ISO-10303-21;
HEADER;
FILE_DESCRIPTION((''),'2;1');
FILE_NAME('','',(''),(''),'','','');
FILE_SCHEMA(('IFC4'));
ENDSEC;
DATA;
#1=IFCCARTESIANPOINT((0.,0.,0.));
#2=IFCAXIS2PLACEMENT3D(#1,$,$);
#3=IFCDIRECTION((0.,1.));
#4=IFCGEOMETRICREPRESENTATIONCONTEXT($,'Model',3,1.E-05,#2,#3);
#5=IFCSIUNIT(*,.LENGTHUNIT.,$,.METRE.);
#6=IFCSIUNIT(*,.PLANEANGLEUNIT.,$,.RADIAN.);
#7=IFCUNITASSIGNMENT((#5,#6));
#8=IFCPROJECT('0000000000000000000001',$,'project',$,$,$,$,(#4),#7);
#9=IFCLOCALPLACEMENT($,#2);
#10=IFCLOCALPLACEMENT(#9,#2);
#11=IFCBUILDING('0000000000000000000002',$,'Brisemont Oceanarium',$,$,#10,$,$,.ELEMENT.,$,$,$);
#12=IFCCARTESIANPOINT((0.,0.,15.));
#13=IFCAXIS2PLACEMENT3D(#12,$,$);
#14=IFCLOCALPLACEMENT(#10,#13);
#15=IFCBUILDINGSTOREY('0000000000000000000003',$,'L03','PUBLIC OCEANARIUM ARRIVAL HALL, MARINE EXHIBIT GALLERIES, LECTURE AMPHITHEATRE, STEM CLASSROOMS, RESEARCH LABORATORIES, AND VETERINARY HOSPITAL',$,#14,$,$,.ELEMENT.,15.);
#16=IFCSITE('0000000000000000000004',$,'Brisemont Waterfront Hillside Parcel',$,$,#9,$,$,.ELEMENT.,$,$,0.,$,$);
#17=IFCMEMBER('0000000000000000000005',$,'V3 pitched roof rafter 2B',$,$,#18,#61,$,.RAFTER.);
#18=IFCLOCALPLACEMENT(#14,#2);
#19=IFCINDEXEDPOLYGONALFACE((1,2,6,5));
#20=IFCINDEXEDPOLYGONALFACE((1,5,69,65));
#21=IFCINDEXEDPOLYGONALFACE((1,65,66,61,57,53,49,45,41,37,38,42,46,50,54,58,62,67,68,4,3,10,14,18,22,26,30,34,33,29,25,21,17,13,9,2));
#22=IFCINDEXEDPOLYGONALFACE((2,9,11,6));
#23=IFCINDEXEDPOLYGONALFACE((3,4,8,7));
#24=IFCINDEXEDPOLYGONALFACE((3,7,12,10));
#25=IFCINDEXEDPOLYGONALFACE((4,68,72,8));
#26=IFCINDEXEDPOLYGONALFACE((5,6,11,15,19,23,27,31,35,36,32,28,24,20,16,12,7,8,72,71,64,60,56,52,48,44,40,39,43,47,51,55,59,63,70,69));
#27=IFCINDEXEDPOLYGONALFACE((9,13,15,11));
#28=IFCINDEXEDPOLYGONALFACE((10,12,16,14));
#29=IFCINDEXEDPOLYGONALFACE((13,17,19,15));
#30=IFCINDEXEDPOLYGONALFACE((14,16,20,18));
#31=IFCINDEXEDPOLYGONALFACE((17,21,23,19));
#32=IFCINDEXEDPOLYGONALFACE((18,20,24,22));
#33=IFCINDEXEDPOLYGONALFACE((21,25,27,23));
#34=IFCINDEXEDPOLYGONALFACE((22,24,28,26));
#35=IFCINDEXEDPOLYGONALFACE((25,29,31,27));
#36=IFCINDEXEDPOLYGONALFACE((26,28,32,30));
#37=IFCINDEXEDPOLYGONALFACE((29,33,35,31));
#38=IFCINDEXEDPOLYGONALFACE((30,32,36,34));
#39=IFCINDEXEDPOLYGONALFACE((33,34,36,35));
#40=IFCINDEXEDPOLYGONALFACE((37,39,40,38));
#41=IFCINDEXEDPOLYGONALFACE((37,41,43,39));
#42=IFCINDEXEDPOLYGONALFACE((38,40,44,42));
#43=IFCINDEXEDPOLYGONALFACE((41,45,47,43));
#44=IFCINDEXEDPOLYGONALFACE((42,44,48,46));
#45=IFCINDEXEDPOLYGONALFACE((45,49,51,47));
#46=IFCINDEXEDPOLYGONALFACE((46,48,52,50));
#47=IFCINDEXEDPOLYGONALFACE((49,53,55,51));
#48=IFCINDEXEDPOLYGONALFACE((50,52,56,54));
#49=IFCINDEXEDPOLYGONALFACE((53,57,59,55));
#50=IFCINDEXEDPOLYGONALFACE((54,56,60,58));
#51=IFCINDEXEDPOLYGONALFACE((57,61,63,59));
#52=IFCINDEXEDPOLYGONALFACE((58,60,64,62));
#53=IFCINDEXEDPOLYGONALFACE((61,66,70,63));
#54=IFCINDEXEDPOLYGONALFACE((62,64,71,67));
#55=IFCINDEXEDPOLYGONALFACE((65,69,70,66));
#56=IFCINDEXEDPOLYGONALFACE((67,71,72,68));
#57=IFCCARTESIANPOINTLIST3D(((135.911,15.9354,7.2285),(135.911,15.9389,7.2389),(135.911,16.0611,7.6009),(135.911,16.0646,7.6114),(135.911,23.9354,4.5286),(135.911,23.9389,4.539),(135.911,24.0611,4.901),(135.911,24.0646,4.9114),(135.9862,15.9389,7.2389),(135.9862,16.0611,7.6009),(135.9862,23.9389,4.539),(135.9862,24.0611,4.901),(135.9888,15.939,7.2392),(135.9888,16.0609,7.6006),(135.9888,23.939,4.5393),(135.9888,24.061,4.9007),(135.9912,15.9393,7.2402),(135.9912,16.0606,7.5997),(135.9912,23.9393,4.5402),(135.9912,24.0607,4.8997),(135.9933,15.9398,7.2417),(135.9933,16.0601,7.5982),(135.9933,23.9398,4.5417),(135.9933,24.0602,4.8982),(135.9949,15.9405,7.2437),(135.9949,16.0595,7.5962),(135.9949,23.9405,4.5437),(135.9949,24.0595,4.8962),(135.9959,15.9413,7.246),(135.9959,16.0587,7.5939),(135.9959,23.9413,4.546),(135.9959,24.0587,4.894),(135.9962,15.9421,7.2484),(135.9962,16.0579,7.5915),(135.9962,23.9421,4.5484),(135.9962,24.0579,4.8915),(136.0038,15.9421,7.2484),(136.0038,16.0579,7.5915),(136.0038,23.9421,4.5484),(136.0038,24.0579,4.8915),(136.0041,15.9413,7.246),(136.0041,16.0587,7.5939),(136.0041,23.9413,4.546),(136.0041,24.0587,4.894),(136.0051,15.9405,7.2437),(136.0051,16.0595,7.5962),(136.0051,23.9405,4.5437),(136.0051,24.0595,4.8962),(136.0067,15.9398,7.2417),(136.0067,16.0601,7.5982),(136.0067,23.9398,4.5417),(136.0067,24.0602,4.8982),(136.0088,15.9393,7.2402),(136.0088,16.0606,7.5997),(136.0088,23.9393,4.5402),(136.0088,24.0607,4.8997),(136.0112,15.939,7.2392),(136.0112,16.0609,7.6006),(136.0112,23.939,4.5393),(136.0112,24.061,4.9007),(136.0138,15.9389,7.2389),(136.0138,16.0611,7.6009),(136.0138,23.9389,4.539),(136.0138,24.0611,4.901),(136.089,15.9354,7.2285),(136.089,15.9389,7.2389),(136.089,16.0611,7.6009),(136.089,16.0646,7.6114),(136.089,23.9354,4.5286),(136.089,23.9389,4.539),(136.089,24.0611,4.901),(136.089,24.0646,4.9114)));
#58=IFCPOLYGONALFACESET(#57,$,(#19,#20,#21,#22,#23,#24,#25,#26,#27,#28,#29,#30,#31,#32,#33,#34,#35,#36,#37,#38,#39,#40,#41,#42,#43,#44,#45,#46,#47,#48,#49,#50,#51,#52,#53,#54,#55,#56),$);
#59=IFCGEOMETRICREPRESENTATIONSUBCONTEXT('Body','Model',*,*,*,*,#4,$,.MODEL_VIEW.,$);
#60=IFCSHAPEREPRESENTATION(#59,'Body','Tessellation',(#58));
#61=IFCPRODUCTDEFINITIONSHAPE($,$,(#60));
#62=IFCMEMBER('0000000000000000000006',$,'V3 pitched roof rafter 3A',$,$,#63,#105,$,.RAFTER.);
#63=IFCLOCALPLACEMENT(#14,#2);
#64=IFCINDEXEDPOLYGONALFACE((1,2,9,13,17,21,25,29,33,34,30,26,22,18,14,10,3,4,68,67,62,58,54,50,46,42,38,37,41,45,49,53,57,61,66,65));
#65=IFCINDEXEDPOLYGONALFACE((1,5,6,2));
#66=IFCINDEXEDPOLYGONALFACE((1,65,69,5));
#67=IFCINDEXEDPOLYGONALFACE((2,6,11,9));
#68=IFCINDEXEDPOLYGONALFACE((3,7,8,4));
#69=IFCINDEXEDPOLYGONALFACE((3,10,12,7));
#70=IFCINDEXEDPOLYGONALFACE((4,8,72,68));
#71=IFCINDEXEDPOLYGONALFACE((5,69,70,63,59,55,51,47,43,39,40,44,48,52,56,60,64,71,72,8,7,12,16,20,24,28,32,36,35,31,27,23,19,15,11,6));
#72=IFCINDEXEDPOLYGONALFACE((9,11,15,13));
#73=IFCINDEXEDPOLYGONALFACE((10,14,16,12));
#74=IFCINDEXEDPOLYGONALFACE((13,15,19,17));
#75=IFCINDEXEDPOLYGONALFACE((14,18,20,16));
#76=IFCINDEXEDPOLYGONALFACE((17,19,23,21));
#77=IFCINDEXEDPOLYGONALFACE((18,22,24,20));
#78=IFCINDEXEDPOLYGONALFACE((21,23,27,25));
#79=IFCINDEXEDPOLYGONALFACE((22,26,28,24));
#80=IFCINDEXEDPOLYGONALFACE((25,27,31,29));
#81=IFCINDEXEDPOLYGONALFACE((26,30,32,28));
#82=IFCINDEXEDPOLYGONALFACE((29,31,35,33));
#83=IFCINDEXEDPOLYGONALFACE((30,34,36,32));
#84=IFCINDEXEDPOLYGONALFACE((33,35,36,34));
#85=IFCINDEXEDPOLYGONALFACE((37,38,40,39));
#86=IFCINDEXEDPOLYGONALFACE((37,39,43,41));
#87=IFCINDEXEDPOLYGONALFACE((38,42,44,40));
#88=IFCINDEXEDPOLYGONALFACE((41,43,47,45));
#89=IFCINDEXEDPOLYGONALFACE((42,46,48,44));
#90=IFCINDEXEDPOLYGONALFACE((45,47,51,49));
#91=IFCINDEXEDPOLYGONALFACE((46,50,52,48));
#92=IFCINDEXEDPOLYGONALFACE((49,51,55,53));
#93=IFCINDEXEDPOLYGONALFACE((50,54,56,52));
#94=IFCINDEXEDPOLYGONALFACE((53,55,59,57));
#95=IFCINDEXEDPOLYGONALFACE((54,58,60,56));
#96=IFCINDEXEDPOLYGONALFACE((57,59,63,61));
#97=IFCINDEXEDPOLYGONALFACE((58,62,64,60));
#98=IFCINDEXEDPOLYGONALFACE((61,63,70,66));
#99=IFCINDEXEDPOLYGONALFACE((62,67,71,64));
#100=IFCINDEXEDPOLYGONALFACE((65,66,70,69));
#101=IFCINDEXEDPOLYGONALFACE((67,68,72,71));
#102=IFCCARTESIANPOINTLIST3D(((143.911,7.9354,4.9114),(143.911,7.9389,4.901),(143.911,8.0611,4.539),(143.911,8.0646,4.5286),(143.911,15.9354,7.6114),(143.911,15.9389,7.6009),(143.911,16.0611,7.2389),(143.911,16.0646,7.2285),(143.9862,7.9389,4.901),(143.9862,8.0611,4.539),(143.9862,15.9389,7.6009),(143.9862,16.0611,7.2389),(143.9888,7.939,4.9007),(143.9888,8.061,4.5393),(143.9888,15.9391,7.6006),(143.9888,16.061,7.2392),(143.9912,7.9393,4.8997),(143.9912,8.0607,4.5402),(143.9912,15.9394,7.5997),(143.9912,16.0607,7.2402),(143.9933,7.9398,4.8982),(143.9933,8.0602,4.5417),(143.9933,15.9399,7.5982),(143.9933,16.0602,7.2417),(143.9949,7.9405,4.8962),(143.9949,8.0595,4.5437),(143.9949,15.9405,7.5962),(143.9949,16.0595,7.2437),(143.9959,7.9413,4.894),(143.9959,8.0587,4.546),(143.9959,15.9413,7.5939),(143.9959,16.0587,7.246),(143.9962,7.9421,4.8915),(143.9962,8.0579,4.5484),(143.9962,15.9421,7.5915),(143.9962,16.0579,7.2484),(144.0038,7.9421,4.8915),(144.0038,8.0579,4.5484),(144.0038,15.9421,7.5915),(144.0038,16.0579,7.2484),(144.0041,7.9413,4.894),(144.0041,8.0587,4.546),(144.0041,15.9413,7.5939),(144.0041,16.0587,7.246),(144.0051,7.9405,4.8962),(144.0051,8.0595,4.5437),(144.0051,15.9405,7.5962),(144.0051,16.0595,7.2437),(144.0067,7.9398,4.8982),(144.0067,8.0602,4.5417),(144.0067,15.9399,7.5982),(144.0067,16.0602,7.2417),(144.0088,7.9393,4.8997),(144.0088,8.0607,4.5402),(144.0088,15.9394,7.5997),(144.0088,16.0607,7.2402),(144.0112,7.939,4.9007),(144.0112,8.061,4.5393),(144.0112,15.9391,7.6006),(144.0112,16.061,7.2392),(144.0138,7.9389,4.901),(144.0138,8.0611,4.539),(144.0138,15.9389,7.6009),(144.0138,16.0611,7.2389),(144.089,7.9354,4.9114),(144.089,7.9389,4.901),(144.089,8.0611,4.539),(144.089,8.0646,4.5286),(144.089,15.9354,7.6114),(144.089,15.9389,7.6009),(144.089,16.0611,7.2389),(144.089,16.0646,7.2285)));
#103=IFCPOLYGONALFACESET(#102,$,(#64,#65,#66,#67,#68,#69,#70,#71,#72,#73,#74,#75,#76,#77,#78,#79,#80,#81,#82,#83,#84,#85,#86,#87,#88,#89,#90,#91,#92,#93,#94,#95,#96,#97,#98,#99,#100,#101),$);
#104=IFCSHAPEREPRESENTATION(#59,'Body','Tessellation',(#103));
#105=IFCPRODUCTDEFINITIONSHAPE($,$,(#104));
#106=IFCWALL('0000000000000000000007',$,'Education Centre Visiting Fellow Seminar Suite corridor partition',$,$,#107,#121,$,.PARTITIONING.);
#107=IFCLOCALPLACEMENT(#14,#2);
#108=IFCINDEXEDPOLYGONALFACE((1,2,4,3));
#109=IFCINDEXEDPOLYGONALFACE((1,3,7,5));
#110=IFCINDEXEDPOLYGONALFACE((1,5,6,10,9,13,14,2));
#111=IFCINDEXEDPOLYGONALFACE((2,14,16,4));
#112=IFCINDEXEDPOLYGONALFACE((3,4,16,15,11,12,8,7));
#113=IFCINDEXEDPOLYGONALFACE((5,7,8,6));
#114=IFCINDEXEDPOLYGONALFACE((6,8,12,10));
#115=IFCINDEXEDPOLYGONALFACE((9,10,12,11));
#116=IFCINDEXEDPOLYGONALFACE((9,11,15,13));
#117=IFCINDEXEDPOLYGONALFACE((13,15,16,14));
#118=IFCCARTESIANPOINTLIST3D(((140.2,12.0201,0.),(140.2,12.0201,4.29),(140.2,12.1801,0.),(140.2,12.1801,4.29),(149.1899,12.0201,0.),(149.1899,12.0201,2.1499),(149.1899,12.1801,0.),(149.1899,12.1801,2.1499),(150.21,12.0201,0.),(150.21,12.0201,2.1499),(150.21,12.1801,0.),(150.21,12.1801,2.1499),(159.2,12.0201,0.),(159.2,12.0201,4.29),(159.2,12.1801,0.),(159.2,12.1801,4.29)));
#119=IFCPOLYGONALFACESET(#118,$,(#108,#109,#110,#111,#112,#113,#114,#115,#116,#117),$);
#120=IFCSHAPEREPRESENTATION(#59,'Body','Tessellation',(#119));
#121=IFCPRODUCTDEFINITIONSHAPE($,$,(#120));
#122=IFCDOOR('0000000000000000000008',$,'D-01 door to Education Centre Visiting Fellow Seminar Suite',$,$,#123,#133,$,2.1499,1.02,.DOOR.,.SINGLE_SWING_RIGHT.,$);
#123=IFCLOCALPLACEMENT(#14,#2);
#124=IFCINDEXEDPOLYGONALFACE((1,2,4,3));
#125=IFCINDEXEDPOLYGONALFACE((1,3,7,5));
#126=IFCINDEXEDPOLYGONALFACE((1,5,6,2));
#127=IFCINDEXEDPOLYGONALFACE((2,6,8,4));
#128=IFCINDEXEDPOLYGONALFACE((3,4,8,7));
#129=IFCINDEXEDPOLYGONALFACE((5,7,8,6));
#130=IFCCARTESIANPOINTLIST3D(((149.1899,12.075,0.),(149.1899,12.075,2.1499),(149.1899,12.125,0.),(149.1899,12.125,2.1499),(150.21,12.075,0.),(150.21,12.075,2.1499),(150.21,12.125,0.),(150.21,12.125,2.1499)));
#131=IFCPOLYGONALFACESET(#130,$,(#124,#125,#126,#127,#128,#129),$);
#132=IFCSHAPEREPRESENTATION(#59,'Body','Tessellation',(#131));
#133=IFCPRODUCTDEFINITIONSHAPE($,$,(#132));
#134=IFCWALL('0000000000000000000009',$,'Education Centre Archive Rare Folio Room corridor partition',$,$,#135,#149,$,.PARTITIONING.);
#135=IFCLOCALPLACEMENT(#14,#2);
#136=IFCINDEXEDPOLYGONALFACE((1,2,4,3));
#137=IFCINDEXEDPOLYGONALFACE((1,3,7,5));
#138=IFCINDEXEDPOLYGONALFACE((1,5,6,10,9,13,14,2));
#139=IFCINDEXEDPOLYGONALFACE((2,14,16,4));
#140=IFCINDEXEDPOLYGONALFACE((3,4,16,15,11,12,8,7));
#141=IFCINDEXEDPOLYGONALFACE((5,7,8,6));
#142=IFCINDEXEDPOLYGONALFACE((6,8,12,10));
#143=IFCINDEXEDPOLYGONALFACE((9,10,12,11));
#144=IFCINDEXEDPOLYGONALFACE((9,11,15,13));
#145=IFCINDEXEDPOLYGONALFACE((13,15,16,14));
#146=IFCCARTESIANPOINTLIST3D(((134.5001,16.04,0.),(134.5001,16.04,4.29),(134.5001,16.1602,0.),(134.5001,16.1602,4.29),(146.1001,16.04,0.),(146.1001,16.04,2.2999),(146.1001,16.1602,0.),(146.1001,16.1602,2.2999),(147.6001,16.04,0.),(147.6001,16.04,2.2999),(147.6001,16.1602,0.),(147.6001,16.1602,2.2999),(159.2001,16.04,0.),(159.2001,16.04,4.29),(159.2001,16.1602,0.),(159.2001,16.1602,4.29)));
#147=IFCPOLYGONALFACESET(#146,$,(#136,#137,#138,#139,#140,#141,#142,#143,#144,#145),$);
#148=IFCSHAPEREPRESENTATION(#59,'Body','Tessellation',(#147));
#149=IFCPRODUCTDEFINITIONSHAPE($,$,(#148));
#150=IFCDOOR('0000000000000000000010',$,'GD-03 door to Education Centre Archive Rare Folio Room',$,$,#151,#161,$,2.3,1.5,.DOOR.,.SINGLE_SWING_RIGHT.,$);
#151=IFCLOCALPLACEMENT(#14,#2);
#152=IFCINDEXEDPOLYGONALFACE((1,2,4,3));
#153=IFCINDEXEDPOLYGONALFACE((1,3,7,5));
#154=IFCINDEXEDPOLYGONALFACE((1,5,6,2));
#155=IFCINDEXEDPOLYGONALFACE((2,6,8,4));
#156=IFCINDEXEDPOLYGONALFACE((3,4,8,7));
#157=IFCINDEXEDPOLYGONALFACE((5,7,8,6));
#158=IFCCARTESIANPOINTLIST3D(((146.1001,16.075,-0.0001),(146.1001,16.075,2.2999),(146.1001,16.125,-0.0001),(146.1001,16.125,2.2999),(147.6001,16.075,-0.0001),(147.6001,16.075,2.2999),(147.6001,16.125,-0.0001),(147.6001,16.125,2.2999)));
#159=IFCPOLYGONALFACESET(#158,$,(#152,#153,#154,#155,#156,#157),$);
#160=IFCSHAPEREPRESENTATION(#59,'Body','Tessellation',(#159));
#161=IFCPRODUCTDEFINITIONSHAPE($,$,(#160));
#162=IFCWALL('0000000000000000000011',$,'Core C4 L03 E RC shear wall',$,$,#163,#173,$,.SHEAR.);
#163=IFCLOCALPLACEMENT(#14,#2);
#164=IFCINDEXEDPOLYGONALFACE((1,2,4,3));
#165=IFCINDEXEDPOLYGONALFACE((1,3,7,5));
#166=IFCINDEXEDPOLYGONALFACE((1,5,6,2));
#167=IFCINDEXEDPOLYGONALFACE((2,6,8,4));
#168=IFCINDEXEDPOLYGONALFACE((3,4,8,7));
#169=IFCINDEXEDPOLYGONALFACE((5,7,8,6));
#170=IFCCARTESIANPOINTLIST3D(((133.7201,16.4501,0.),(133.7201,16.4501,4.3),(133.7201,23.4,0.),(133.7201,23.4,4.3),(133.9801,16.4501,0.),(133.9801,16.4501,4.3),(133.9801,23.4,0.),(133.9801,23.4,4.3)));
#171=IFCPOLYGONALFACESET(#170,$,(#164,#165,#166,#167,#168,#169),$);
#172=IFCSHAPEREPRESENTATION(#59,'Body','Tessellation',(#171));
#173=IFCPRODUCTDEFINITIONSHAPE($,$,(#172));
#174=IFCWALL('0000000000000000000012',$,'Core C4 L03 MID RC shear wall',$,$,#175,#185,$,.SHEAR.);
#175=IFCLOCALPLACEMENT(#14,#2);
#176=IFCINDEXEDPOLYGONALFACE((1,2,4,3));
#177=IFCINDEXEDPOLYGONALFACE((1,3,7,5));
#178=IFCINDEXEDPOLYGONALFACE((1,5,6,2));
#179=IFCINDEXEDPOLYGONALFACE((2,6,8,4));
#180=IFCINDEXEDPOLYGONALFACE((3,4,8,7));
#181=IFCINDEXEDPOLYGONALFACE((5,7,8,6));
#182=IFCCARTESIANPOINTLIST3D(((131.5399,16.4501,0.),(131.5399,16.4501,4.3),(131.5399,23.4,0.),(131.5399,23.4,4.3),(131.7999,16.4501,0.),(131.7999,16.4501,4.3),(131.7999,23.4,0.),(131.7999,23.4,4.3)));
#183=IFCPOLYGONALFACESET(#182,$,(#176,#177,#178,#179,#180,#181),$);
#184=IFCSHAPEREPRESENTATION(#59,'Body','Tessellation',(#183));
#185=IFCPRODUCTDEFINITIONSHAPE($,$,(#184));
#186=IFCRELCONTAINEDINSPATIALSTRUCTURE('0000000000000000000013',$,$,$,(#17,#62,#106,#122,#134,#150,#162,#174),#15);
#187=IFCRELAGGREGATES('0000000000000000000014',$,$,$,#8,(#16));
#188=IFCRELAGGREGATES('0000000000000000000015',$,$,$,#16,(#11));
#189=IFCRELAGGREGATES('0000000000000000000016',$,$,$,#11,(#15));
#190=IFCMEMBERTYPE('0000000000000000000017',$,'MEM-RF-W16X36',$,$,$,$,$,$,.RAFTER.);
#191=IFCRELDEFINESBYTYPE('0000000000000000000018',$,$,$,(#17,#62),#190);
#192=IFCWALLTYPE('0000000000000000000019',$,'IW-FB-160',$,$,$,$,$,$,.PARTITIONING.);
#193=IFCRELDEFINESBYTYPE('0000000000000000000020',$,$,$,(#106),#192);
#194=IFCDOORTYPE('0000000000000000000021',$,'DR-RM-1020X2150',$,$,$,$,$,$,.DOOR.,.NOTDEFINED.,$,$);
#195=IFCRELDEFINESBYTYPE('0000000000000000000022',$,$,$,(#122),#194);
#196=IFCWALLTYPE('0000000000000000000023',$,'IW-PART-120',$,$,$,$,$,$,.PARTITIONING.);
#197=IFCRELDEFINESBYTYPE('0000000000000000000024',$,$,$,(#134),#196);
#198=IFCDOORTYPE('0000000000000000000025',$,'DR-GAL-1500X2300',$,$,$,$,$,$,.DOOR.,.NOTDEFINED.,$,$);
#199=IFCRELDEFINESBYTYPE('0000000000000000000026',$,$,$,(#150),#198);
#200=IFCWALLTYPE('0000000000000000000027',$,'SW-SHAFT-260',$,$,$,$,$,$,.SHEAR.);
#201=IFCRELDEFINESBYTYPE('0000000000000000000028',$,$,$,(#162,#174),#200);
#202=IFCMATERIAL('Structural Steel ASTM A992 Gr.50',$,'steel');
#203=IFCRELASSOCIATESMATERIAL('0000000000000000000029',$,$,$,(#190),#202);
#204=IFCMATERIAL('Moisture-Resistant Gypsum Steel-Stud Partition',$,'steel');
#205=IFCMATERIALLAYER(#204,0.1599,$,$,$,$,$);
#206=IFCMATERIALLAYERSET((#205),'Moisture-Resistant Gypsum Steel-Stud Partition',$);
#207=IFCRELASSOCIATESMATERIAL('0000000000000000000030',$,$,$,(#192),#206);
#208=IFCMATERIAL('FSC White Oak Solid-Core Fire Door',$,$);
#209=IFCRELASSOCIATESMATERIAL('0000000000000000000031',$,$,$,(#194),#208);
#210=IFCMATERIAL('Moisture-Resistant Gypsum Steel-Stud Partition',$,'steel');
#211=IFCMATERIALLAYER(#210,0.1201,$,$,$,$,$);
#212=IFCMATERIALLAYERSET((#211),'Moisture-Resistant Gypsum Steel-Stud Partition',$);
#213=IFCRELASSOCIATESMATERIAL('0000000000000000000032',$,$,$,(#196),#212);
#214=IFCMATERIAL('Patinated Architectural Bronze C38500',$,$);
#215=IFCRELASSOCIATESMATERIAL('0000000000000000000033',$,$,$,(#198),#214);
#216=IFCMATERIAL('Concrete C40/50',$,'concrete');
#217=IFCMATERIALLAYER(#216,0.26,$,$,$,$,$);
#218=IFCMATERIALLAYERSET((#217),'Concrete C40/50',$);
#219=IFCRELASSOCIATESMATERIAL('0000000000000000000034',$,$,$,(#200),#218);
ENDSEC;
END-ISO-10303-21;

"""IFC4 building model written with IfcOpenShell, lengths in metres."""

from ifc_helpers import new_model, si_unit, direction, frame, frame_2d, origin, origin_2d, place, context, subcontext, project, spatial, rectangle, i_section, extrude, material, layer, layer_set, material_profile, profile_set, type_object, element, fill, save


model = new_model("IFC4")

# Units and contexts
model_context = context("Model", 3, precision=1e-05, world=origin(), true_north=direction((0.0, 1.0)))
body_context = subcontext(model_context, "Body", "Model", "MODEL_VIEW")
ifc_project = project(units=[si_unit("LENGTHUNIT", "METRE"), si_unit("PLANEANGLEUNIT", "RADIAN")], contexts=[model_context])

# Site, building, storey
site_placement = place(None, origin())
site = spatial("IfcSite", under=ifc_project, at=site_placement, Name="Brisemont Waterfront Hillside Parcel", CompositionType="ELEMENT", RefElevation=0.0)
building_placement = place(site_placement, origin())
building = spatial("IfcBuilding", under=site, at=building_placement, Name="Brisemont Oceanarium", CompositionType="ELEMENT")
storey_placement = place(building_placement, frame((0.0, 0.0, 15.0)))
storey = spatial("IfcBuildingStorey", under=building, at=storey_placement, Name="L03", Description="PUBLIC OCEANARIUM ARRIVAL HALL, MARINE EXHIBIT GALLERIES, LECTURE AMPHITHEATRE, STEM CLASSROOMS, RESEARCH LABORATORIES, AND VETERINARY HOSPITAL", CompositionType="ELEMENT", Elevation=15.0)

# Members
ifc_material_1 = material(Name="Structural Steel ASTM A992 Gr.50", Category="steel")
ifc_material_profile_1 = material_profile(ifc_material_1, i_section(OverallWidth=0.178, OverallDepth=0.4041, WebThickness=0.0076, FlangeThickness=0.011, FilletRadius=0.01, at=origin_2d()), Name="W16X36")
ifc_profile_set_1 = profile_set([ifc_material_profile_1], Name="Structural Steel ASTM A992 Gr.50")
member_type_1 = type_object("IfcMemberType", Name="MEM-RF-W16X36", PredefinedType="RAFTER", material=ifc_profile_set_1)
for number, where, z_axis, x_axis, name in (
    (1, (136.0, 24.0, 4.72), (0.0, -0.947494, 0.319773), (1.0, 0.0, 0.0), "V3 pitched roof rafter 2B"),
    (2, (144.0, 8.0, 4.72), (0.0, 0.947494, 0.319773), (-1.0, 0.0, 0.0), "V3 pitched roof rafter 3A"),
):
    element("IfcMember", number, at=place(storey_placement, frame(where, z_axis=z_axis, x_axis=x_axis)), inside=storey, type_object=member_type_1, Name=name, PredefinedType="RAFTER", context=body_context, shape_type="SweptSolid", body=[
        extrude(i_section(OverallWidth=0.178, OverallDepth=0.4041, WebThickness=0.0076, FlangeThickness=0.011, FilletRadius=0.01, at=origin_2d()), origin(), (0.0, 0.0, 1.0), 8.4434),
    ])

# Walls, openings, doors
ifc_material_2 = material(Name="Moisture-Resistant Gypsum Steel-Stud Partition", Category="steel")
ifc_layer_1 = layer(ifc_material_2, 0.1599)
ifc_layer_set_1 = layer_set([ifc_layer_1], Name="Moisture-Resistant Gypsum Steel-Stud Partition")
wall_type_1 = type_object("IfcWallType", Name="IW-FB-160", PredefinedType="PARTITIONING", material=ifc_layer_set_1)
wall_1_placement = place(storey_placement, frame((140.2, 12.1001, 0.0), z_axis=(0.0, 0.0, 1.0), x_axis=(1.0, 0.0, 0.0)))
wall_1 = element("IfcWall", 3, at=wall_1_placement, inside=storey, type_object=wall_type_1, Name="Education Centre Visiting Fellow Seminar Suite corridor partition", PredefinedType="PARTITIONING", context=body_context, shape_type="SweptSolid", body=[
    extrude(rectangle(XDim=19.0, YDim=0.1599, at=frame_2d((9.5, 0.0))), origin(), (0.0, 0.0, 1.0), 4.29),
])
opening_1_placement = place(wall_1_placement, frame((8.99, 0.0, 0.0)))
opening_1 = element("IfcOpeningElement", 4, at=opening_1_placement, cuts=wall_1, PredefinedType="OPENING", context=body_context, shape_type="SweptSolid", body=[
    extrude(rectangle(XDim=1.02, YDim=2.1499, at=frame_2d((0.51, 1.075))), frame((0.0, 0.0898, 0.0), z_axis=(0.0, -1.0, 0.0), x_axis=(1.0, 0.0, 0.0)), (0.0, 0.0, 1.0), 0.1799),
])
ifc_material_3 = material(Name="FSC White Oak Solid-Core Fire Door")
door_type_1 = type_object("IfcDoorType", Name="DR-RM-1020X2150", OperationType="NOTDEFINED", PredefinedType="DOOR", material=ifc_material_3)
door_1_placement = place(opening_1_placement, origin())
door_1 = element("IfcDoor", 5, at=door_1_placement, inside=storey, type_object=door_type_1, Name="D-01 door to Education Centre Visiting Fellow Seminar Suite", OperationType="SINGLE_SWING_RIGHT", OverallHeight=2.1499, OverallWidth=1.02, PredefinedType="DOOR", context=body_context, shape_type="SweptSolid", body=[
    extrude(rectangle(XDim=1.02, YDim=2.1499, at=frame_2d((0.51, 1.075))), frame((0.0, 0.0249, 0.0), z_axis=(0.0, -1.0, 0.0), x_axis=(1.0, 0.0, 0.0)), (0.0, 0.0, 1.0), 0.05),
])
fill(opening_1, door_1)
ifc_material_4 = material(Name="Moisture-Resistant Gypsum Steel-Stud Partition", Category="steel")
ifc_layer_2 = layer(ifc_material_4, 0.1201)
ifc_layer_set_2 = layer_set([ifc_layer_2], Name="Moisture-Resistant Gypsum Steel-Stud Partition")
wall_type_2 = type_object("IfcWallType", Name="IW-PART-120", PredefinedType="PARTITIONING", material=ifc_layer_set_2)
wall_2_placement = place(storey_placement, frame((134.5, 16.1001, 0.0), z_axis=(0.0, 0.0, 1.0), x_axis=(1.0, 0.0, 0.0)))
wall_2 = element("IfcWall", 6, at=wall_2_placement, inside=storey, type_object=wall_type_2, Name="Education Centre Archive Rare Folio Room corridor partition", PredefinedType="PARTITIONING", context=body_context, shape_type="SweptSolid", body=[
    extrude(rectangle(XDim=24.7, YDim=0.1201, at=frame_2d((12.3501, 0.0))), origin(), (0.0, 0.0, 1.0), 4.29),
])
opening_2_placement = place(wall_2_placement, frame((11.6001, 0.0, 0.0)))
opening_2 = element("IfcOpeningElement", 7, at=opening_2_placement, cuts=wall_2, PredefinedType="OPENING", context=body_context, shape_type="SweptSolid", body=[
    extrude(rectangle(XDim=1.5, YDim=2.3, at=frame_2d((0.75, 1.1499))), frame((0.0, 0.0701, 0.0), z_axis=(0.0, -1.0, 0.0), x_axis=(1.0, 0.0, 0.0)), (0.0, 0.0, 1.0), 0.1401),
])
ifc_material_5 = material(Name="Patinated Architectural Bronze C38500")
door_type_2 = type_object("IfcDoorType", Name="DR-GAL-1500X2300", OperationType="NOTDEFINED", PredefinedType="DOOR", material=ifc_material_5)
door_2_placement = place(opening_2_placement, origin())
door_2 = element("IfcDoor", 8, at=door_2_placement, inside=storey, type_object=door_type_2, Name="GD-03 door to Education Centre Archive Rare Folio Room", OperationType="SINGLE_SWING_RIGHT", OverallHeight=2.3, OverallWidth=1.5, PredefinedType="DOOR", context=body_context, shape_type="SweptSolid", body=[
    extrude(rectangle(XDim=1.5, YDim=2.3, at=frame_2d((0.75, 1.1499))), frame((0.0, 0.0249, 0.0), z_axis=(0.0, -1.0, 0.0), x_axis=(1.0, 0.0, 0.0)), (0.0, 0.0, 1.0), 0.05),
])
fill(opening_2, door_2)

# Walls
ifc_material_6 = material(Name="Concrete C40/50", Category="concrete")
ifc_layer_3 = layer(ifc_material_6, 0.26)
ifc_layer_set_3 = layer_set([ifc_layer_3], Name="Concrete C40/50")
wall_type_3 = type_object("IfcWallType", Name="SW-SHAFT-260", PredefinedType="SHEAR", material=ifc_layer_set_3)
for number, where, z_axis, x_axis, name in (
    (9, (133.8501, 16.45, 0.0), (0.0, 0.0, 1.0), (0.0, 1.0, 0.0), "Core C4 L03 E RC shear wall"),
    (10, (131.6699, 16.45, 0.0), (0.0, 0.0, 1.0), (0.0, 1.0, 0.0), "Core C4 L03 MID RC shear wall"),
):
    element("IfcWall", number, at=place(storey_placement, frame(where, z_axis=z_axis, x_axis=x_axis)), inside=storey, type_object=wall_type_3, Name=name, PredefinedType="SHEAR", context=body_context, shape_type="SweptSolid", body=[
        extrude(rectangle(XDim=6.95, YDim=0.26, at=frame_2d((3.4751, 0.0))), origin(), (0.0, 0.0, 1.0), 4.3),
    ])

save(model, "model.ifc")
